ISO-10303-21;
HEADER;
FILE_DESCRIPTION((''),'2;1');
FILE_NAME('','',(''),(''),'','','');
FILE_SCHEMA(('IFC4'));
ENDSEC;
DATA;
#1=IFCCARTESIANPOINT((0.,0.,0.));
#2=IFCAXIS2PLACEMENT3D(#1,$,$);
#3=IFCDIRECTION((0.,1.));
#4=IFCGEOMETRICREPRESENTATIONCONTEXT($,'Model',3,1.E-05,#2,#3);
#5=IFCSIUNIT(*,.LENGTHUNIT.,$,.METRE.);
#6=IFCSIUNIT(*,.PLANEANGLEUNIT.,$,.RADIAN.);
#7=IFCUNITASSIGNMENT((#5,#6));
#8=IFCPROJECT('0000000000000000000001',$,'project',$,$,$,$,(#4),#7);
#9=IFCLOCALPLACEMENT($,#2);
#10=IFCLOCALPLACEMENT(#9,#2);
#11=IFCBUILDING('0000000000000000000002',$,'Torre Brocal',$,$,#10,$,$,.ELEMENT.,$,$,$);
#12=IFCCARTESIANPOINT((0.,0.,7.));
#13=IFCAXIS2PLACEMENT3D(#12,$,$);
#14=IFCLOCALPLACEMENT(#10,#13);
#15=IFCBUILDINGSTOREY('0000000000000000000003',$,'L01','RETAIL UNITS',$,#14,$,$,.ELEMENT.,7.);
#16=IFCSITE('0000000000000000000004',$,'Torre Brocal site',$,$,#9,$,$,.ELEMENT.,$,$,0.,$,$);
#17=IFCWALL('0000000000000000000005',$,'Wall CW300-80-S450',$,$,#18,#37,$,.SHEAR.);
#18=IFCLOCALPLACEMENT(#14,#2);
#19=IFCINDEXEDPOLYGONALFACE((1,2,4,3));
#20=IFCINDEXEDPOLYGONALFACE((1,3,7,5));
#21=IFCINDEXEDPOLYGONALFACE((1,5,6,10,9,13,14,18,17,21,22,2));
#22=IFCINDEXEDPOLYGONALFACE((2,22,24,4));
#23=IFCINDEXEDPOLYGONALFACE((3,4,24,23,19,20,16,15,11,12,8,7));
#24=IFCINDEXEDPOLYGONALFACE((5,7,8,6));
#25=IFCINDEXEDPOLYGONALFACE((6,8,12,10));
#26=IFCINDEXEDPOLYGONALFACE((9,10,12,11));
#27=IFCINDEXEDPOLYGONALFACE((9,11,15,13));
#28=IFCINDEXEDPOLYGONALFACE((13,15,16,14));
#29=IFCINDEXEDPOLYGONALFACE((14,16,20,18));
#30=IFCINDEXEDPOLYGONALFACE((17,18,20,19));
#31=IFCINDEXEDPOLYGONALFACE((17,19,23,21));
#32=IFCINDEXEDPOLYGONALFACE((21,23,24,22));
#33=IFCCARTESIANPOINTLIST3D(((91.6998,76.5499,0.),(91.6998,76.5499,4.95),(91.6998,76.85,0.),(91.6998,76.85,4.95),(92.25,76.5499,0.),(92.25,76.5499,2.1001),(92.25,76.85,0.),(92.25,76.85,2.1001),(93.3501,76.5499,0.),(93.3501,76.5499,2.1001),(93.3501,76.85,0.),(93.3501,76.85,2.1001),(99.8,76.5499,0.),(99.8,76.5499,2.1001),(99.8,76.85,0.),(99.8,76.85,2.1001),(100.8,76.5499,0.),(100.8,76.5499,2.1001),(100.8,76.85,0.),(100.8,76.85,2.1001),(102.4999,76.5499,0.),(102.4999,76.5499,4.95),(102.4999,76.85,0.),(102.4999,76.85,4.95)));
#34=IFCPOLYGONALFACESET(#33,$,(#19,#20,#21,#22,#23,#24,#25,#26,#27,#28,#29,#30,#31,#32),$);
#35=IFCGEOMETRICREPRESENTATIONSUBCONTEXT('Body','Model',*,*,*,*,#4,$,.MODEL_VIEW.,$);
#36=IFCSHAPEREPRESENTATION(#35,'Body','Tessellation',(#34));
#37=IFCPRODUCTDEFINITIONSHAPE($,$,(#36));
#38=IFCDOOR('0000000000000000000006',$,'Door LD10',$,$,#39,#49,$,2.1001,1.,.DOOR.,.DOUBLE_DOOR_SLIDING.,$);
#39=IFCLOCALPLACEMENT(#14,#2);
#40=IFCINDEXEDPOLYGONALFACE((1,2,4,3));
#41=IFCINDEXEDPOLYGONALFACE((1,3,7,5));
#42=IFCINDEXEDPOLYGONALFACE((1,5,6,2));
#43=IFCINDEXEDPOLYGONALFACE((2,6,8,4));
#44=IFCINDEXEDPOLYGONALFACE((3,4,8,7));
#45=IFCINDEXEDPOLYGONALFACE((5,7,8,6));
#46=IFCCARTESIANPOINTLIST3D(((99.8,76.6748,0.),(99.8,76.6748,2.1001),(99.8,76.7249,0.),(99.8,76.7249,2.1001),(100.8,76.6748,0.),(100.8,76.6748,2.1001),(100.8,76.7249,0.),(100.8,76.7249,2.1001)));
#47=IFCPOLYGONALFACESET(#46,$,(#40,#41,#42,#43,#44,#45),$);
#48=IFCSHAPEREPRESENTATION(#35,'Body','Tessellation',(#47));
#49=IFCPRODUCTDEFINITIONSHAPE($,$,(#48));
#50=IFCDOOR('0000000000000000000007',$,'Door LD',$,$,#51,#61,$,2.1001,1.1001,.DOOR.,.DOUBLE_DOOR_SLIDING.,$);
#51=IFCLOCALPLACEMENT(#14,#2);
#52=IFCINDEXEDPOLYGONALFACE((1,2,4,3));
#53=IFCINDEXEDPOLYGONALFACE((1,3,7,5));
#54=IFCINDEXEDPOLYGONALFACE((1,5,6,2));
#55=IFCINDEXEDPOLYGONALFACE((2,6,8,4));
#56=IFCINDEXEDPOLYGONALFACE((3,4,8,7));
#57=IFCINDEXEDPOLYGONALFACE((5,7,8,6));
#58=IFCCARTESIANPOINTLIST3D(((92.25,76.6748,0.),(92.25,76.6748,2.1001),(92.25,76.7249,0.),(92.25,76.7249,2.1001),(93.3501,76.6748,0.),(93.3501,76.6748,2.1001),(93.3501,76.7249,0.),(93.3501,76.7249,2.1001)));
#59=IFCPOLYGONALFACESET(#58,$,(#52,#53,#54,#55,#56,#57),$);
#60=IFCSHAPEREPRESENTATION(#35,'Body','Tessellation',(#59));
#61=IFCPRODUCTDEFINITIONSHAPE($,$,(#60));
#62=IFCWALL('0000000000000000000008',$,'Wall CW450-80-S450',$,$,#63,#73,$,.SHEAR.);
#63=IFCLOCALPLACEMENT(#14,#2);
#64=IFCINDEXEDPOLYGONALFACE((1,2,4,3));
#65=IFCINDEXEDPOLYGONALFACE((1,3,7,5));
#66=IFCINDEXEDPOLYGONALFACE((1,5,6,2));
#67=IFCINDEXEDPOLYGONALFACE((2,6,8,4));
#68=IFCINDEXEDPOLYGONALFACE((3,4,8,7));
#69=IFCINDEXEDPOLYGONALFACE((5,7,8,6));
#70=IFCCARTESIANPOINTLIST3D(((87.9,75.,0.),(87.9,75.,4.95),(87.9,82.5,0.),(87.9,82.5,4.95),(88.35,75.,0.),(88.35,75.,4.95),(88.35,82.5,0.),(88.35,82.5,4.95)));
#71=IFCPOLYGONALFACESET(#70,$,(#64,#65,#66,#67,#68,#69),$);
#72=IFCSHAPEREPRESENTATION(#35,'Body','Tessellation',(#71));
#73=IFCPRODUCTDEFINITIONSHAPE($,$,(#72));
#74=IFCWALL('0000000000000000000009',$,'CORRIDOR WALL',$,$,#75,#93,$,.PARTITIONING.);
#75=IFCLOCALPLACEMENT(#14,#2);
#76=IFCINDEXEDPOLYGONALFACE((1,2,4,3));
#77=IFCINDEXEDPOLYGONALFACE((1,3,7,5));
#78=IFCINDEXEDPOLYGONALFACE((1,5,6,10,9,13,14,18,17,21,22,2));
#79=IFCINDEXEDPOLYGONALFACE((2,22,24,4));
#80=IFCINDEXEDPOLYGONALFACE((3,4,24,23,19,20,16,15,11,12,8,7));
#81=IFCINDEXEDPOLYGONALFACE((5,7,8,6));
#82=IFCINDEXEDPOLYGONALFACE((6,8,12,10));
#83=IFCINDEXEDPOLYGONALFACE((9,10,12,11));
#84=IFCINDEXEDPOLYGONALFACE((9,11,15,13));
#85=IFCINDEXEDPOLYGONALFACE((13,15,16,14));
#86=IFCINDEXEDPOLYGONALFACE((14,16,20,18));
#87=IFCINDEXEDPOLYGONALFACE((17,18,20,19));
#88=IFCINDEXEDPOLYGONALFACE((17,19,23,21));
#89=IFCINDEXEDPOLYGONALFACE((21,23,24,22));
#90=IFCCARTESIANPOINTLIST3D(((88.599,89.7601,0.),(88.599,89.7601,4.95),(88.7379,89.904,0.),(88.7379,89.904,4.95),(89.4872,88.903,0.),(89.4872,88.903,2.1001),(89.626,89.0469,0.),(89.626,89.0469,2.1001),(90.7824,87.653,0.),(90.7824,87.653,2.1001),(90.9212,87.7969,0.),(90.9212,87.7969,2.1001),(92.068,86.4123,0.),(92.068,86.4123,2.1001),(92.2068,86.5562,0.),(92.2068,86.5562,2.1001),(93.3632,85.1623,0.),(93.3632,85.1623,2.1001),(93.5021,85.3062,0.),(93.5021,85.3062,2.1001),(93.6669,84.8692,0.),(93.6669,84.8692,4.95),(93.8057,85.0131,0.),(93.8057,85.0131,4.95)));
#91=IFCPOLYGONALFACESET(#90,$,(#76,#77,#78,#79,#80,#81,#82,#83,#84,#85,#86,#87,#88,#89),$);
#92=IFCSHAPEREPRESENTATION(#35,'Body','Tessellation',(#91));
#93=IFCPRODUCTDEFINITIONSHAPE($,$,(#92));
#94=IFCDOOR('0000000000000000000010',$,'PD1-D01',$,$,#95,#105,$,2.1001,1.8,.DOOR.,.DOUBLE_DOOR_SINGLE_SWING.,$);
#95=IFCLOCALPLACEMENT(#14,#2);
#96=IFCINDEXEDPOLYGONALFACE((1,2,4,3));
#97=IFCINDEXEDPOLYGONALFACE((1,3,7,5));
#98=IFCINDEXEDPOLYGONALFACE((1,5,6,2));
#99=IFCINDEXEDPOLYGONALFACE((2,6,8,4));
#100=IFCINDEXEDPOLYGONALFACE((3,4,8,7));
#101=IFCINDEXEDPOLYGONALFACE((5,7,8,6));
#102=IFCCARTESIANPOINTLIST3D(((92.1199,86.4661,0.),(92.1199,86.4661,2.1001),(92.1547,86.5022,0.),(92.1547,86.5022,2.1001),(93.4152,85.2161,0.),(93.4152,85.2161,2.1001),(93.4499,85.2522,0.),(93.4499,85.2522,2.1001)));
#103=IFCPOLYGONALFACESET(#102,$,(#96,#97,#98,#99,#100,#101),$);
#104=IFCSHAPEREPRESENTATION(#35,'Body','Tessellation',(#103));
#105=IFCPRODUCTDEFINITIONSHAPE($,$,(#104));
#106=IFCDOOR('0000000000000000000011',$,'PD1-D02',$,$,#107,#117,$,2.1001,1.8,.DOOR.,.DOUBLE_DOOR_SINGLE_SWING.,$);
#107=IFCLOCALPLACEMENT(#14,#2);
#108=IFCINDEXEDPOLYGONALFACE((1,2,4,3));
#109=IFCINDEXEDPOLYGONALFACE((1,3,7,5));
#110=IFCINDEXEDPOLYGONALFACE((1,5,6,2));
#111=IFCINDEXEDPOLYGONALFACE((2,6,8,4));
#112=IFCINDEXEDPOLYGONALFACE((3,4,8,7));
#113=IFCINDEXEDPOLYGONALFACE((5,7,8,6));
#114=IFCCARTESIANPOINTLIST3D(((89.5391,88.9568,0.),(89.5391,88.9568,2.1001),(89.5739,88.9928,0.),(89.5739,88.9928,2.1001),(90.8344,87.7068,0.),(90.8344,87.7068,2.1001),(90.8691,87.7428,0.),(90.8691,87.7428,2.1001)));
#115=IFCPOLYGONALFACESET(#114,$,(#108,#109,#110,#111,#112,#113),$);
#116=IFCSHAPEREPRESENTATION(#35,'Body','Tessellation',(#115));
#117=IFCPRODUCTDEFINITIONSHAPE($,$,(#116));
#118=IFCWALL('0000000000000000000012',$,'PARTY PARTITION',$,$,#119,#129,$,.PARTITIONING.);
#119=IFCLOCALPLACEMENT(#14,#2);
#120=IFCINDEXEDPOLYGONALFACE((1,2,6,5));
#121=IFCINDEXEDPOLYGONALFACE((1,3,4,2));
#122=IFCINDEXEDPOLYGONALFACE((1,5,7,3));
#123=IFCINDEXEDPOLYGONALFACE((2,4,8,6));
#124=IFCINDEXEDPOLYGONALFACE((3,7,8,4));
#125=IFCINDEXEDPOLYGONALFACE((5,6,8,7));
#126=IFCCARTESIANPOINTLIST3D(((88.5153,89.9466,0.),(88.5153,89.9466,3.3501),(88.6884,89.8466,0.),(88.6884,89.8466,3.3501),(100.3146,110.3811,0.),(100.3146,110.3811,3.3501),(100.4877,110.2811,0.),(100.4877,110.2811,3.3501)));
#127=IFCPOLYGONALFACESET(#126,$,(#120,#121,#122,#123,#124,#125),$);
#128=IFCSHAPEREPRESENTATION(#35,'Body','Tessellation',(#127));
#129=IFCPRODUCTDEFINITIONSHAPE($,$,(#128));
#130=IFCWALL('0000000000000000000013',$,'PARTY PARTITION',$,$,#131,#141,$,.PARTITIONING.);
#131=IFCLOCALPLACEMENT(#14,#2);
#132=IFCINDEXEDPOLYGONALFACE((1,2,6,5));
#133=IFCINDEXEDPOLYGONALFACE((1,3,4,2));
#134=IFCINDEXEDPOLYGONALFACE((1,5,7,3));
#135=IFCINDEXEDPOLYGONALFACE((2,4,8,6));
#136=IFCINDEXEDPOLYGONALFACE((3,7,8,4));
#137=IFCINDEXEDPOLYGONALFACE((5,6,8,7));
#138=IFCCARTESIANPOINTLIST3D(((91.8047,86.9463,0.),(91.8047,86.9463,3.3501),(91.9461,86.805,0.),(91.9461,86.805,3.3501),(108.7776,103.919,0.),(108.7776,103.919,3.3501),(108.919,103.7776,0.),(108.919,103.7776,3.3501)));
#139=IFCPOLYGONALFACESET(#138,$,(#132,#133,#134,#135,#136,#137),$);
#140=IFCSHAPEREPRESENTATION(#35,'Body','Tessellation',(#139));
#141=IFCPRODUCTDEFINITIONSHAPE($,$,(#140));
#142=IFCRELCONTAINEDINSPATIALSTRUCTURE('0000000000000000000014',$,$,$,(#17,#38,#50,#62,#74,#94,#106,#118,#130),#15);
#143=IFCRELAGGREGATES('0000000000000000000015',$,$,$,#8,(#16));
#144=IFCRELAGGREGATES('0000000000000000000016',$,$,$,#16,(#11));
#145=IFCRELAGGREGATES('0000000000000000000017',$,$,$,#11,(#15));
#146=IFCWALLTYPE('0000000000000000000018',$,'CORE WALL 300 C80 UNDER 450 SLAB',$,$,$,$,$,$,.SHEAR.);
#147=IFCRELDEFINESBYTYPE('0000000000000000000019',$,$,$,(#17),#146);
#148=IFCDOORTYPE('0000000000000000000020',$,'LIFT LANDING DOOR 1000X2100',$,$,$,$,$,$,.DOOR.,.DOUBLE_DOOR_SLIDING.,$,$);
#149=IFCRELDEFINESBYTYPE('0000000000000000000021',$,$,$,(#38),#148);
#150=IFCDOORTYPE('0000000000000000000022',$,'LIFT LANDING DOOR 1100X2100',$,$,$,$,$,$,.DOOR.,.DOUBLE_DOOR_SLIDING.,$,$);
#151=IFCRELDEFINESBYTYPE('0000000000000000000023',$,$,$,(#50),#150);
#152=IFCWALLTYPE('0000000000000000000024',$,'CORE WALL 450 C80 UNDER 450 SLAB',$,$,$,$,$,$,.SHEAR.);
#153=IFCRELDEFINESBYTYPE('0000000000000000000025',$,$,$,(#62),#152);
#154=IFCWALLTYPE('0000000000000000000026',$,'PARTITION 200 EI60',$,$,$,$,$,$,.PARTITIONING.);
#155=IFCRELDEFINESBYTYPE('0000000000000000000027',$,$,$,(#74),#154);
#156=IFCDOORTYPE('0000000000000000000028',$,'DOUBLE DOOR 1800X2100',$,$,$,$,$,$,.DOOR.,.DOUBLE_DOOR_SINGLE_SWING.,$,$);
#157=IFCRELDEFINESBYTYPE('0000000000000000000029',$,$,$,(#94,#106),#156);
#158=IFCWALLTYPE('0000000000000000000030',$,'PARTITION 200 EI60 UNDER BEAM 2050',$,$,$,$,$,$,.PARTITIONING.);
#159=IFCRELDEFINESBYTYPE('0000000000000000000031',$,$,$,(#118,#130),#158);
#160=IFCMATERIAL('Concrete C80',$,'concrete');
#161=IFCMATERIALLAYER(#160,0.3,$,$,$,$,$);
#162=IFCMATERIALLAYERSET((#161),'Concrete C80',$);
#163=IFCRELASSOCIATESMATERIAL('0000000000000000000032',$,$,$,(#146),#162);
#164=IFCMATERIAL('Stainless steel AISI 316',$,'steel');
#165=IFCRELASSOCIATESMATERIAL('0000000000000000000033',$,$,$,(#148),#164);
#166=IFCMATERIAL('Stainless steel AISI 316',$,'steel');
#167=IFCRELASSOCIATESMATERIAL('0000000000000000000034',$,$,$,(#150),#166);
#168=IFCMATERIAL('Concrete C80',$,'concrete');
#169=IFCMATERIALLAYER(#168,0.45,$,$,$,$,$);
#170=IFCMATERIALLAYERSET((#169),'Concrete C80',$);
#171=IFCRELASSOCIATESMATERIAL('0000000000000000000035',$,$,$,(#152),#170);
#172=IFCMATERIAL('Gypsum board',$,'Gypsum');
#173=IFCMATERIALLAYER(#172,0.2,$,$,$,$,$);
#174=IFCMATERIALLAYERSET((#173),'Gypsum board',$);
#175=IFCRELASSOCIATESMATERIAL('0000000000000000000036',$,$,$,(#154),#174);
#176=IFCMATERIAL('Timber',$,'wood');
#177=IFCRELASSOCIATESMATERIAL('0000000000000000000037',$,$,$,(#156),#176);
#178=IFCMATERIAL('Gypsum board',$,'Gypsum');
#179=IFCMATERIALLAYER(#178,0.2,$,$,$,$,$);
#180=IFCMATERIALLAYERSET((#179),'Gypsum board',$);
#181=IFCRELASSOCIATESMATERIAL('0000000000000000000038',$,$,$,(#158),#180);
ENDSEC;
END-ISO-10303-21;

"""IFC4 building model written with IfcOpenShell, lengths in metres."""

from ifc_helpers import new_model, si_unit, direction, frame, frame_2d, origin, place, context, subcontext, project, spatial, rectangle, extrude, material, layer, layer_set, type_object, element, fill, save


model = new_model("IFC4")

# Units and contexts
model_context = context("Model", 3, precision=1e-05, world=origin(), true_north=direction((0.0, 1.0)))
body_context = subcontext(model_context, "Body", "Model", "MODEL_VIEW")
ifc_project = project(units=[si_unit("LENGTHUNIT", "METRE"), si_unit("PLANEANGLEUNIT", "RADIAN")], contexts=[model_context])

# Site, building, storey
site_placement = place(None, origin())
site = spatial("IfcSite", under=ifc_project, at=site_placement, Name="Torre Brocal site", CompositionType="ELEMENT", RefElevation=0.0)
building_placement = place(site_placement, origin())
building = spatial("IfcBuilding", under=site, at=building_placement, Name="Torre Brocal", CompositionType="ELEMENT")
storey_placement = place(building_placement, frame((0.0, 0.0, 7.0)))
storey = spatial("IfcBuildingStorey", under=building, at=storey_placement, Name="L01", Description="RETAIL UNITS", CompositionType="ELEMENT", Elevation=7.0)

# Shared definitions
ifc_material_1 = material(Name="Concrete C80", Category="concrete")
ifc_layer_1 = layer(ifc_material_1, 0.3)
ifc_layer_set_1 = layer_set([ifc_layer_1], Name="Concrete C80")
wall_type_1 = type_object("IfcWallType", Name="CORE WALL 300 C80 UNDER 450 SLAB", PredefinedType="SHEAR", material=ifc_layer_set_1)

# Wall, openings, doors
wall_1_placement = place(storey_placement, frame((91.7, 76.7, 0.0), z_axis=(0.0, 0.0, 1.0), x_axis=(1.0, 0.0, 0.0)))
wall_1 = element("IfcWall", 1, at=wall_1_placement, inside=storey, type_object=wall_type_1, Name="Wall CW300-80-S450", PredefinedType="SHEAR", context=body_context, shape_type="SweptSolid", body=[
    extrude(rectangle(XDim=10.8, YDim=0.3, at=frame_2d((5.3999, 0.0))), origin(), (0.0, 0.0, 1.0), 4.95),
])
opening_1_placement = place(wall_1_placement, frame((0.55, 0.0, 0.0)))
opening_1 = element("IfcOpeningElement", 2, at=opening_1_placement, cuts=wall_1, PredefinedType="OPENING", context=body_context, shape_type="SweptSolid", body=[
    extrude(rectangle(XDim=1.1001, YDim=2.1001, at=frame_2d((0.55, 1.05))), frame((0.0, 0.1599, 0.0), z_axis=(0.0, -1.0, 0.0), x_axis=(1.0, 0.0, 0.0)), (0.0, 0.0, 1.0), 0.3201),
])
opening_2_placement = place(wall_1_placement, frame((8.1001, 0.0, 0.0)))
opening_2 = element("IfcOpeningElement", 3, at=opening_2_placement, cuts=wall_1, PredefinedType="OPENING", context=body_context, shape_type="SweptSolid", body=[
    extrude(rectangle(XDim=1.0, YDim=2.1001, at=frame_2d((0.5, 1.05))), frame((0.0, 0.1599, 0.0), z_axis=(0.0, -1.0, 0.0), x_axis=(1.0, 0.0, 0.0)), (0.0, 0.0, 1.0), 0.3201),
])
ifc_material_2 = material(Name="Stainless steel AISI 316", Category="steel")
door_type_1 = type_object("IfcDoorType", Name="LIFT LANDING DOOR 1000X2100", OperationType="DOUBLE_DOOR_SLIDING", PredefinedType="DOOR", material=ifc_material_2)
door_1_placement = place(opening_2_placement, origin())
door_1 = element("IfcDoor", 4, at=door_1_placement, inside=storey, type_object=door_type_1, Name="Door LD10", OperationType="DOUBLE_DOOR_SLIDING", OverallHeight=2.1001, OverallWidth=1.0, PredefinedType="DOOR", context=body_context, shape_type="SweptSolid", body=[
    extrude(rectangle(XDim=1.0, YDim=2.1001, at=frame_2d((0.5, 1.05))), frame((0.0, 0.0249, 0.0), z_axis=(0.0, -1.0, 0.0), x_axis=(1.0, 0.0, 0.0)), (0.0, 0.0, 1.0), 0.05),
])
fill(opening_2, door_1)
ifc_material_3 = material(Name="Stainless steel AISI 316", Category="steel")
door_type_2 = type_object("IfcDoorType", Name="LIFT LANDING DOOR 1100X2100", OperationType="DOUBLE_DOOR_SLIDING", PredefinedType="DOOR", material=ifc_material_3)
door_2_placement = place(opening_1_placement, origin())
door_2 = element("IfcDoor", 5, at=door_2_placement, inside=storey, type_object=door_type_2, Name="Door LD", OperationType="DOUBLE_DOOR_SLIDING", OverallHeight=2.1001, OverallWidth=1.1001, PredefinedType="DOOR", context=body_context, shape_type="SweptSolid", body=[
    extrude(rectangle(XDim=1.1001, YDim=2.1001, at=frame_2d((0.55, 1.05))), frame((0.0, 0.0249, 0.0), z_axis=(0.0, -1.0, 0.0), x_axis=(1.0, 0.0, 0.0)), (0.0, 0.0, 1.0), 0.05),
])
fill(opening_1, door_2)

# Wall
ifc_material_4 = material(Name="Concrete C80", Category="concrete")
ifc_layer_2 = layer(ifc_material_4, 0.45)
ifc_layer_set_2 = layer_set([ifc_layer_2], Name="Concrete C80")
wall_type_2 = type_object("IfcWallType", Name="CORE WALL 450 C80 UNDER 450 SLAB", PredefinedType="SHEAR", material=ifc_layer_set_2)
wall_2_placement = place(storey_placement, frame((88.125, 75.0, 0.0), z_axis=(0.0, 0.0, 1.0), x_axis=(0.0, 1.0, 0.0)))
element("IfcWall", 6, at=wall_2_placement, inside=storey, type_object=wall_type_2, Name="Wall CW450-80-S450", PredefinedType="SHEAR", context=body_context, shape_type="SweptSolid", body=[
    extrude(rectangle(XDim=7.5, YDim=0.45, at=frame_2d((3.75, 0.0))), origin(), (0.0, 0.0, 1.0), 4.95),
])

# Wall, openings, doors
ifc_material_5 = material(Name="Gypsum board", Category="Gypsum")
ifc_layer_3 = layer(ifc_material_5, 0.2)
ifc_layer_set_3 = layer_set([ifc_layer_3], Name="Gypsum board")
wall_type_3 = type_object("IfcWallType", Name="PARTITION 200 EI60", PredefinedType="PARTITIONING", material=ifc_layer_set_3)
wall_3_placement = place(storey_placement, frame((88.6685, 89.832, 0.0), z_axis=(0.0, 0.0, 1.0), x_axis=(0.719561, -0.694429, 0.0)))
wall_3 = element("IfcWall", 7, at=wall_3_placement, inside=storey, type_object=wall_type_3, Name="CORRIDOR WALL", PredefinedType="PARTITIONING", context=body_context, shape_type="SweptSolid", body=[
    extrude(rectangle(XDim=7.043, YDim=0.2, at=frame_2d((3.5215, 0.0))), origin(), (0.0, 0.0, 1.0), 4.95),
])
opening_3_placement = place(wall_3_placement, frame((4.821, 0.0, 0.0)))
opening_3 = element("IfcOpeningElement", 8, at=opening_3_placement, cuts=wall_3, PredefinedType="OPENING", context=body_context, shape_type="SweptSolid", body=[
    extrude(rectangle(XDim=1.8, YDim=2.1001, at=frame_2d((0.8999, 1.05))), frame((0.0, 0.1099, 0.0), z_axis=(0.0, -1.0, 0.0), x_axis=(1.0, 0.0, 0.0)), (0.0, 0.0, 1.0), 0.22),
])
opening_4_placement = place(wall_3_placement, frame((1.2344, 0.0, 0.0)))
opening_4 = element("IfcOpeningElement", 9, at=opening_4_placement, cuts=wall_3, PredefinedType="OPENING", context=body_context, shape_type="SweptSolid", body=[
    extrude(rectangle(XDim=1.8, YDim=2.1001, at=frame_2d((0.8999, 1.05))), frame((0.0, 0.1099, 0.0), z_axis=(0.0, -1.0, 0.0), x_axis=(1.0, 0.0, 0.0)), (0.0, 0.0, 1.0), 0.22),
])
ifc_material_6 = material(Name="Timber", Category="wood")
door_type_3 = type_object("IfcDoorType", Name="DOUBLE DOOR 1800X2100", OperationType="DOUBLE_DOOR_SINGLE_SWING", PredefinedType="DOOR", material=ifc_material_6)
door_3_placement = place(opening_3_placement, origin())
door_3 = element("IfcDoor", 10, at=door_3_placement, inside=storey, type_object=door_type_3, Name="PD1-D01", OperationType="DOUBLE_DOOR_SINGLE_SWING", OverallHeight=2.1001, OverallWidth=1.8, PredefinedType="DOOR", context=body_context, shape_type="SweptSolid", body=[
    extrude(rectangle(XDim=1.8, YDim=2.1001, at=frame_2d((0.8999, 1.05))), frame((0.0, 0.0249, 0.0), z_axis=(0.0, -1.0, 0.0), x_axis=(1.0, 0.0, 0.0)), (0.0, 0.0, 1.0), 0.05),
])
fill(opening_3, door_3)
door_4_placement = place(opening_4_placement, origin())
door_4 = element("IfcDoor", 11, at=door_4_placement, inside=storey, type_object=door_type_3, Name="PD1-D02", OperationType="DOUBLE_DOOR_SINGLE_SWING", OverallHeight=2.1001, OverallWidth=1.8, PredefinedType="DOOR", context=body_context, shape_type="SweptSolid", body=[
    extrude(rectangle(XDim=1.8, YDim=2.1001, at=frame_2d((0.8999, 1.05))), frame((0.0, 0.0249, 0.0), z_axis=(0.0, -1.0, 0.0), x_axis=(1.0, 0.0, 0.0)), (0.0, 0.0, 1.0), 0.05),
])
fill(opening_4, door_4)

# Walls
ifc_material_7 = material(Name="Gypsum board", Category="Gypsum")
ifc_layer_4 = layer(ifc_material_7, 0.2)
ifc_layer_set_4 = layer_set([ifc_layer_4], Name="Gypsum board")
wall_type_4 = type_object("IfcWallType", Name="PARTITION 200 EI60 UNDER BEAM 2050", PredefinedType="PARTITIONING", material=ifc_layer_set_4)
wall_4_placement = place(storey_placement, frame((88.6018, 89.8965, 0.0), z_axis=(0.0, 0.0, 1.0), x_axis=(0.500045, 0.865999, 0.0)))
element("IfcWall", 12, at=wall_4_placement, inside=storey, type_object=wall_type_4, Name="PARTY PARTITION", PredefinedType="PARTITIONING", context=body_context, shape_type="SweptSolid", body=[
    extrude(rectangle(XDim=23.5964, YDim=0.2, at=frame_2d((11.7983, 0.0))), origin(), (0.0, 0.0, 1.0), 3.3501),
])
wall_5_placement = place(storey_placement, frame((91.8755, 86.8757, 0.0), z_axis=(0.0, 0.0, 1.0), x_axis=(0.707112, 0.707102, 0.0)))
element("IfcWall", 13, at=wall_5_placement, inside=storey, type_object=wall_type_4, Name="PARTY PARTITION", PredefinedType="PARTITIONING", context=body_context, shape_type="SweptSolid", body=[
    extrude(rectangle(XDim=24.0032, YDim=0.2, at=frame_2d((12.0015, 0.0))), origin(), (0.0, 0.0, 1.0), 3.3501),
])

save(model, "model.ifc")
